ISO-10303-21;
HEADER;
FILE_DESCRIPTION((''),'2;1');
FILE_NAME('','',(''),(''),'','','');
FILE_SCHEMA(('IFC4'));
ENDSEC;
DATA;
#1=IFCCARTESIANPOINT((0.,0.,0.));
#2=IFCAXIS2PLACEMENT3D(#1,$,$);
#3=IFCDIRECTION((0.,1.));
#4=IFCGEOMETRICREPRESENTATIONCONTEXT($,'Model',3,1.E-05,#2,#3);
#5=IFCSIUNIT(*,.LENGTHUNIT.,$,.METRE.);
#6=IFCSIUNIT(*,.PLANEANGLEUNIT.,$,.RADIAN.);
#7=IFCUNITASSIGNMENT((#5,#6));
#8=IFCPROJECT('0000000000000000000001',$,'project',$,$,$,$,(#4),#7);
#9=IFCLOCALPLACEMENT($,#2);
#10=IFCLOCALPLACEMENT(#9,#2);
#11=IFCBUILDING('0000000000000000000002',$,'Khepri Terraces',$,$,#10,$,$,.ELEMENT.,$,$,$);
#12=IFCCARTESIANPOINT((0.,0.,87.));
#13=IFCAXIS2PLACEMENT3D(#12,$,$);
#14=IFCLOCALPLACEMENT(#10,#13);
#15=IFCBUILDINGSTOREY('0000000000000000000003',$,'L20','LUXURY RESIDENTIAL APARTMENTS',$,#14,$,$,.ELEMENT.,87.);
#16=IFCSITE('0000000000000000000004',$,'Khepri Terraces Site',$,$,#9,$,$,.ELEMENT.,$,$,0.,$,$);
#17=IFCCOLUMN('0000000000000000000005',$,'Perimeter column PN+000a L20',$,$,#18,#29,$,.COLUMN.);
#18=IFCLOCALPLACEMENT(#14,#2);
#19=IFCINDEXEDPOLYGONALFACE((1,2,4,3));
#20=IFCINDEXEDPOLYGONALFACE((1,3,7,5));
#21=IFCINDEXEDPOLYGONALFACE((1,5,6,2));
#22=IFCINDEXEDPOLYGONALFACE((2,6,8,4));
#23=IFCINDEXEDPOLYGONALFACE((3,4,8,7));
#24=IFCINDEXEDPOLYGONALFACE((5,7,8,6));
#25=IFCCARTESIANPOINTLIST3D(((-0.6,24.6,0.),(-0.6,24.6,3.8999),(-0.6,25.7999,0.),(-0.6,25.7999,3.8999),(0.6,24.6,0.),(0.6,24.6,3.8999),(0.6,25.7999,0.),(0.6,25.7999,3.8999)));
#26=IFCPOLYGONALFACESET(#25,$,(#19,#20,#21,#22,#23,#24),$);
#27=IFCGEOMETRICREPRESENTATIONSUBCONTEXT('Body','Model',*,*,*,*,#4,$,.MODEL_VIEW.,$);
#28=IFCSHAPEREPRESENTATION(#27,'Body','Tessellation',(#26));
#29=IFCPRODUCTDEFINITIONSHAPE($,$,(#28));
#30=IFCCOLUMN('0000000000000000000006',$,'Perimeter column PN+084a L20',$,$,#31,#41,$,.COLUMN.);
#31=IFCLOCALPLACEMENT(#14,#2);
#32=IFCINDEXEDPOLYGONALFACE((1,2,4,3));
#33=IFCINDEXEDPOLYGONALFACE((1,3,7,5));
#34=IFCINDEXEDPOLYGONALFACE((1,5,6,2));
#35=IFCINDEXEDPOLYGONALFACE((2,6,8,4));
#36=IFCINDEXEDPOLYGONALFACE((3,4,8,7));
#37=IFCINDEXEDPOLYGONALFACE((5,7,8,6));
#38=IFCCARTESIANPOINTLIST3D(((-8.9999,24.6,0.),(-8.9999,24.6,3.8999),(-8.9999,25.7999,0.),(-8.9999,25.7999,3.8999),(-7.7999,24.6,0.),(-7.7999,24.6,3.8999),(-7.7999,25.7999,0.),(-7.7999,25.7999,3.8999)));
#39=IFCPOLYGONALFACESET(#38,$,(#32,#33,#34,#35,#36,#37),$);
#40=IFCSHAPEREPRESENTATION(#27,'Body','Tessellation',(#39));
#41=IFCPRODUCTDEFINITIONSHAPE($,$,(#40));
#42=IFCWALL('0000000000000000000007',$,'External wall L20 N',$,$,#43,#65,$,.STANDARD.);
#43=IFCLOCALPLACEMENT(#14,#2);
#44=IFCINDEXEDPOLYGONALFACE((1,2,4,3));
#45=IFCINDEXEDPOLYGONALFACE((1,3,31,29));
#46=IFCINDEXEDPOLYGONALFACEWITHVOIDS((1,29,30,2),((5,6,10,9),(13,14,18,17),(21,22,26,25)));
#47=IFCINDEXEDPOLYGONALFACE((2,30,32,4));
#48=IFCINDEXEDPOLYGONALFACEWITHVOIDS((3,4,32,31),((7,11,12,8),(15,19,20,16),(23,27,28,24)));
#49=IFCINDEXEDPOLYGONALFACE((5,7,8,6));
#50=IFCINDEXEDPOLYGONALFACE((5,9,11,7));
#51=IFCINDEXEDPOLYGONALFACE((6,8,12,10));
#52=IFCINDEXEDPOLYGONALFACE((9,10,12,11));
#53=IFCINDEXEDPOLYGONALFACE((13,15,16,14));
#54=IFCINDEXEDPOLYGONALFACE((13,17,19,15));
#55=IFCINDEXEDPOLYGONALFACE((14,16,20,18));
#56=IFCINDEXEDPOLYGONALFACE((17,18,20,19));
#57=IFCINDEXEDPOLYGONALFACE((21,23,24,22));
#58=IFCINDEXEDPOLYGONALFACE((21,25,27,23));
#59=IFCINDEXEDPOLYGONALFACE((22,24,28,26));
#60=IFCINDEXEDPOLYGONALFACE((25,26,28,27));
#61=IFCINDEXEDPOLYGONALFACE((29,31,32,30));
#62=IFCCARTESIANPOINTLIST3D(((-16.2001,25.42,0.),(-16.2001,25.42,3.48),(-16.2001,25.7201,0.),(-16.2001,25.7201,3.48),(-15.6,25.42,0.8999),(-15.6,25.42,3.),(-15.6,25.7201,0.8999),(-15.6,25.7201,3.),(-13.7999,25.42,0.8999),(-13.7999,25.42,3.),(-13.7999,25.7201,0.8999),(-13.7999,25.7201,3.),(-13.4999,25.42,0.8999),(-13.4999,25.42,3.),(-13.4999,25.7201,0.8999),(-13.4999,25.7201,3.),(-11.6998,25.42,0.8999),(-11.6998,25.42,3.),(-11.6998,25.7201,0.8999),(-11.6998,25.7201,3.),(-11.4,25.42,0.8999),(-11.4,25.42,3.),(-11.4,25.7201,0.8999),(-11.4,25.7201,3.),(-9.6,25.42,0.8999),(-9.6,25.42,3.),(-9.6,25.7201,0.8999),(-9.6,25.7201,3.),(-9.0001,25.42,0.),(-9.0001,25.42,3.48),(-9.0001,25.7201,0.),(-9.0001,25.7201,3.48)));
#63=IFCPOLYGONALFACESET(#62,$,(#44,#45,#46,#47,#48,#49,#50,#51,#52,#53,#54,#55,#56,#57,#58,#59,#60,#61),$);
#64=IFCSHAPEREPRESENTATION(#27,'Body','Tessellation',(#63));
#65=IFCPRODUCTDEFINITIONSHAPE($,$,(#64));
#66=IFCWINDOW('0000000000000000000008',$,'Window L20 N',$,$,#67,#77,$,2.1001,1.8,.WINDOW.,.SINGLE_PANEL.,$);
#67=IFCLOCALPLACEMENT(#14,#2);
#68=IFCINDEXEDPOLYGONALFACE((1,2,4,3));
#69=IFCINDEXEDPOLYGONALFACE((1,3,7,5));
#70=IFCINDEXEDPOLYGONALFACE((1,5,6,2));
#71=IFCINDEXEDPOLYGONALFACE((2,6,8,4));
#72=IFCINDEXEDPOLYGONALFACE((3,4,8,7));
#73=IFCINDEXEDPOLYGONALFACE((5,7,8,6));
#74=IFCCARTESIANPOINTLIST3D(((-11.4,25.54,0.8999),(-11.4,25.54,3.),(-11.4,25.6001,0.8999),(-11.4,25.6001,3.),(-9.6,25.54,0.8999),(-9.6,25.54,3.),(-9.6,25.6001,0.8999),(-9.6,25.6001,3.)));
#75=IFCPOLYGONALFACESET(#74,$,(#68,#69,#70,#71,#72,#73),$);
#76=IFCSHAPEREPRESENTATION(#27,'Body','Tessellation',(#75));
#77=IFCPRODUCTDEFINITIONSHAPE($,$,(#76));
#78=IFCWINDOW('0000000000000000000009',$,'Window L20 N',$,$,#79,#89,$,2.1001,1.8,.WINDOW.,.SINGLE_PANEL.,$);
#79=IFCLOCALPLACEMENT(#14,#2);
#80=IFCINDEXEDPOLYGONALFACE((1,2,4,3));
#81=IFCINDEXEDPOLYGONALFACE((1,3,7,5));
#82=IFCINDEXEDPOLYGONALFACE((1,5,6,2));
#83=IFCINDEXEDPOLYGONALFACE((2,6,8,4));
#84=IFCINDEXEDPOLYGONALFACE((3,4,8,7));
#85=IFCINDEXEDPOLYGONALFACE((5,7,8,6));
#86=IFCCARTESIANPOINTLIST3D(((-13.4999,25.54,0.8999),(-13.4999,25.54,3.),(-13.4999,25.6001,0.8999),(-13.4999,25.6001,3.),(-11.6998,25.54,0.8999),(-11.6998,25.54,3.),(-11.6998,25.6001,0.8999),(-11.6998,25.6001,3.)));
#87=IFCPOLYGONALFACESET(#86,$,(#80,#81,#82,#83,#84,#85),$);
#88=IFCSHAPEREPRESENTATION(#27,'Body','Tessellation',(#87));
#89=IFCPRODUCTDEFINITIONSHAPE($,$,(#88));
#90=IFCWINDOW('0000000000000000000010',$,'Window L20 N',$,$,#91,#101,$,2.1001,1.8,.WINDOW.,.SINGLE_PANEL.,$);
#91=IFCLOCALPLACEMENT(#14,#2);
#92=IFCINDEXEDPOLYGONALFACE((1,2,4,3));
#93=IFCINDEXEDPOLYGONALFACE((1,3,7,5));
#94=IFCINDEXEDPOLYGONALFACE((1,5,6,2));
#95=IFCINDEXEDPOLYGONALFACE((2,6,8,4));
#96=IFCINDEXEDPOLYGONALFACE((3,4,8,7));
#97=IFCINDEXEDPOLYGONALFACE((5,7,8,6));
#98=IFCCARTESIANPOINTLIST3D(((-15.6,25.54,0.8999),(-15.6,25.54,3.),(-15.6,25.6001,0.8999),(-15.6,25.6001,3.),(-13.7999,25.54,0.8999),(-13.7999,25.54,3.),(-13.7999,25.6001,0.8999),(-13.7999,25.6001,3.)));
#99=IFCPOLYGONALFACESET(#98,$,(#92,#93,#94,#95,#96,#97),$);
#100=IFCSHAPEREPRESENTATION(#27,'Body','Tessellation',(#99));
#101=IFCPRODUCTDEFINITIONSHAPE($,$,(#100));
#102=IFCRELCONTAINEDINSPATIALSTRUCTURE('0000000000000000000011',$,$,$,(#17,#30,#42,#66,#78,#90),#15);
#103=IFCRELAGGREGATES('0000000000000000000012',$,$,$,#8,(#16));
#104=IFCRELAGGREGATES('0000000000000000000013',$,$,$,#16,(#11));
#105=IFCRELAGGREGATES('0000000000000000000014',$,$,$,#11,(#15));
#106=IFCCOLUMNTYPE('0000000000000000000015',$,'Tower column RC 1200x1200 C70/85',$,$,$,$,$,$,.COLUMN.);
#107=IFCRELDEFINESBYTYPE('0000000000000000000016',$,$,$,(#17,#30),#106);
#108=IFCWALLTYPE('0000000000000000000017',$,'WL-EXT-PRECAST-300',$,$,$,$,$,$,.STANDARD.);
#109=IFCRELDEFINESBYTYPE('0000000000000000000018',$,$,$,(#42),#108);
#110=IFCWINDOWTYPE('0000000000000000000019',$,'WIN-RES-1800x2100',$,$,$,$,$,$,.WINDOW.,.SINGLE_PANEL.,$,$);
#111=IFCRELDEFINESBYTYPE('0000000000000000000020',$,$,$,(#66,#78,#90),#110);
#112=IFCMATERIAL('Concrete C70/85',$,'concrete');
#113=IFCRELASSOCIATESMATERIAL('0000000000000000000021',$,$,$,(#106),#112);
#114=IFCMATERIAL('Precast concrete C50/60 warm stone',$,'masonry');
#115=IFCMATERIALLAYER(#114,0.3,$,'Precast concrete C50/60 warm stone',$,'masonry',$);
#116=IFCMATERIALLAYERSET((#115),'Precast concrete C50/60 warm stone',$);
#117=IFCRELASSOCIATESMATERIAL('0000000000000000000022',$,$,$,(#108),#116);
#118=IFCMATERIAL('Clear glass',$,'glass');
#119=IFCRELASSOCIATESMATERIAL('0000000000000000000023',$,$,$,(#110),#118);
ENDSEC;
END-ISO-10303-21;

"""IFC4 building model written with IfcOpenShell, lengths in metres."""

from ifc_helpers import new_model, si_unit, direction, frame, frame_2d, origin, origin_2d, place, context, subcontext, project, spatial, rectangle, extrude, material, layer, layer_set, material_profile, profile_set, type_object, element, fill, save


model = new_model("IFC4")

# Units and contexts
model_context = context("Model", 3, precision=1e-05, world=origin(), true_north=direction((0.0, 1.0)))
body_context = subcontext(model_context, "Body", "Model", "MODEL_VIEW")
ifc_project = project(units=[si_unit("LENGTHUNIT", "METRE"), si_unit("PLANEANGLEUNIT", "RADIAN")], contexts=[model_context])

# Site, building, storey
site_placement = place(None, origin())
site = spatial("IfcSite", under=ifc_project, at=site_placement, Name="Khepri Terraces Site", CompositionType="ELEMENT", RefElevation=0.0)
building_placement = place(site_placement, origin())
building = spatial("IfcBuilding", under=site, at=building_placement, Name="Khepri Terraces", CompositionType="ELEMENT")
storey_placement = place(building_placement, frame((0.0, 0.0, 87.0)))
storey = spatial("IfcBuildingStorey", under=building, at=storey_placement, Name="L20", Description="LUXURY RESIDENTIAL APARTMENTS", CompositionType="ELEMENT", Elevation=87.0)

# Columns
ifc_material_1 = material(Name="Concrete C70/85", Category="concrete")
ifc_material_profile = material_profile(ifc_material_1, rectangle(XDim=1.2, YDim=1.2, at=origin_2d()), Name="Concrete C70/85", Category="concrete")
ifc_profile_set = profile_set([ifc_material_profile], Name="Concrete C70/85")
column_type = type_object("IfcColumnType", Name="Tower column RC 1200x1200 C70/85", PredefinedType="COLUMN", material=ifc_profile_set)
for number, where, z_axis, x_axis, name in (
    (1, (0.0, 25.2, 0.0), (0.0, 0.0, 1.0), (1.0, 0.0, 0.0), "Perimeter column PN+000a L20"),
    (2, (-8.3999, 25.2, 0.0), (0.0, 0.0, 1.0), (1.0, 0.0, 0.0), "Perimeter column PN+084a L20"),
):
    element("IfcColumn", number, at=place(storey_placement, frame(where, z_axis=z_axis, x_axis=x_axis)), inside=storey, type_object=column_type, Name=name, PredefinedType="COLUMN", context=body_context, shape_type="SweptSolid", body=[
        extrude(rectangle(XDim=1.2, YDim=1.2, at=origin_2d()), origin(), (0.0, 0.0, 1.0), 3.8999),
    ])

# Shared definitions
ifc_material_2 = material(Name="Precast concrete C50/60 warm stone", Category="masonry")
ifc_layer_1 = layer(ifc_material_2, 0.3, Name="Precast concrete C50/60 warm stone", Category="masonry")
ifc_layer_set_1 = layer_set([ifc_layer_1], Name="Precast concrete C50/60 warm stone")
wall_type_1 = type_object("IfcWallType", Name="WL-EXT-PRECAST-300", PredefinedType="STANDARD", material=ifc_layer_set_1)
ifc_material_3 = material(Name="Clear glass", Category="glass")
window_type = type_object("IfcWindowType", Name="WIN-RES-1800x2100", PartitioningType="SINGLE_PANEL", PredefinedType="WINDOW", material=ifc_material_3)

# Wall, openings, windows
wall_1_placement = place(storey_placement, frame((-9.0, 25.5701, 0.0), z_axis=(0.0, 0.0, 1.0), x_axis=(-1.0, 0.0, 0.0)))
wall_1 = element("IfcWall", 3, at=wall_1_placement, inside=storey, type_object=wall_type_1, Name="External wall L20 N", PredefinedType="STANDARD", context=body_context, shape_type="SweptSolid", body=[
    extrude(rectangle(XDim=7.2, YDim=0.3, at=frame_2d((3.6001, 0.0))), origin(), (0.0, 0.0, 1.0), 3.48),
])
opening_1_placement = place(wall_1_placement, frame((0.6001, 0.0, 0.8999)))
opening_1 = element("IfcOpeningElement", 4, at=opening_1_placement, cuts=wall_1, PredefinedType="OPENING", context=body_context, shape_type="SweptSolid", body=[
    extrude(rectangle(XDim=1.8, YDim=2.1001, at=frame_2d((0.8999, 1.05))), frame((0.0, 0.1602, 0.0), z_axis=(0.0, -1.0, 0.0), x_axis=(1.0, 0.0, 0.0)), (0.0, 0.0, 1.0), 0.3201),
])
opening_2_placement = place(wall_1_placement, frame((2.7, 0.0, 0.8999)))
opening_2 = element("IfcOpeningElement", 5, at=opening_2_placement, cuts=wall_1, PredefinedType="OPENING", context=body_context, shape_type="SweptSolid", body=[
    extrude(rectangle(XDim=1.8, YDim=2.1001, at=frame_2d((0.8999, 1.05))), frame((0.0, 0.1602, 0.0), z_axis=(0.0, -1.0, 0.0), x_axis=(1.0, 0.0, 0.0)), (0.0, 0.0, 1.0), 0.3201),
])
opening_3_placement = place(wall_1_placement, frame((4.8, 0.0, 0.8999)))
opening_3 = element("IfcOpeningElement", 6, at=opening_3_placement, cuts=wall_1, PredefinedType="OPENING", context=body_context, shape_type="SweptSolid", body=[
    extrude(rectangle(XDim=1.8, YDim=2.1001, at=frame_2d((0.8999, 1.05))), frame((0.0, 0.1602, 0.0), z_axis=(0.0, -1.0, 0.0), x_axis=(1.0, 0.0, 0.0)), (0.0, 0.0, 1.0), 0.3201),
])
window_1_placement = place(opening_1_placement, origin())
window_1 = element("IfcWindow", 7, at=window_1_placement, inside=storey, type_object=window_type, Name="Window L20 N", OverallHeight=2.1001, OverallWidth=1.8, PartitioningType="SINGLE_PANEL", PredefinedType="WINDOW", context=body_context, shape_type="SweptSolid", body=[
    extrude(rectangle(XDim=1.8, YDim=2.1001, at=frame_2d((0.8999, 1.05))), frame((0.0, 0.03, 0.0), z_axis=(0.0, -1.0, 0.0), x_axis=(1.0, 0.0, 0.0)), (0.0, 0.0, 1.0), 0.0601),
])
fill(opening_1, window_1)
window_2_placement = place(opening_2_placement, origin())
window_2 = element("IfcWindow", 8, at=window_2_placement, inside=storey, type_object=window_type, Name="Window L20 N", OverallHeight=2.1001, OverallWidth=1.8, PartitioningType="SINGLE_PANEL", PredefinedType="WINDOW", context=body_context, shape_type="SweptSolid", body=[
    extrude(rectangle(XDim=1.8, YDim=2.1001, at=frame_2d((0.8999, 1.05))), frame((0.0, 0.03, 0.0), z_axis=(0.0, -1.0, 0.0), x_axis=(1.0, 0.0, 0.0)), (0.0, 0.0, 1.0), 0.0601),
])
fill(opening_2, window_2)
window_3_placement = place(opening_3_placement, origin())
window_3 = element("IfcWindow", 9, at=window_3_placement, inside=storey, type_object=window_type, Name="Window L20 N", OverallHeight=2.1001, OverallWidth=1.8, PartitioningType="SINGLE_PANEL", PredefinedType="WINDOW", context=body_context, shape_type="SweptSolid", body=[
    extrude(rectangle(XDim=1.8, YDim=2.1001, at=frame_2d((0.8999, 1.05))), frame((0.0, 0.03, 0.0), z_axis=(0.0, -1.0, 0.0), x_axis=(1.0, 0.0, 0.0)), (0.0, 0.0, 1.0), 0.0601),
])
fill(opening_3, window_3)

save(model, "model.ifc")
